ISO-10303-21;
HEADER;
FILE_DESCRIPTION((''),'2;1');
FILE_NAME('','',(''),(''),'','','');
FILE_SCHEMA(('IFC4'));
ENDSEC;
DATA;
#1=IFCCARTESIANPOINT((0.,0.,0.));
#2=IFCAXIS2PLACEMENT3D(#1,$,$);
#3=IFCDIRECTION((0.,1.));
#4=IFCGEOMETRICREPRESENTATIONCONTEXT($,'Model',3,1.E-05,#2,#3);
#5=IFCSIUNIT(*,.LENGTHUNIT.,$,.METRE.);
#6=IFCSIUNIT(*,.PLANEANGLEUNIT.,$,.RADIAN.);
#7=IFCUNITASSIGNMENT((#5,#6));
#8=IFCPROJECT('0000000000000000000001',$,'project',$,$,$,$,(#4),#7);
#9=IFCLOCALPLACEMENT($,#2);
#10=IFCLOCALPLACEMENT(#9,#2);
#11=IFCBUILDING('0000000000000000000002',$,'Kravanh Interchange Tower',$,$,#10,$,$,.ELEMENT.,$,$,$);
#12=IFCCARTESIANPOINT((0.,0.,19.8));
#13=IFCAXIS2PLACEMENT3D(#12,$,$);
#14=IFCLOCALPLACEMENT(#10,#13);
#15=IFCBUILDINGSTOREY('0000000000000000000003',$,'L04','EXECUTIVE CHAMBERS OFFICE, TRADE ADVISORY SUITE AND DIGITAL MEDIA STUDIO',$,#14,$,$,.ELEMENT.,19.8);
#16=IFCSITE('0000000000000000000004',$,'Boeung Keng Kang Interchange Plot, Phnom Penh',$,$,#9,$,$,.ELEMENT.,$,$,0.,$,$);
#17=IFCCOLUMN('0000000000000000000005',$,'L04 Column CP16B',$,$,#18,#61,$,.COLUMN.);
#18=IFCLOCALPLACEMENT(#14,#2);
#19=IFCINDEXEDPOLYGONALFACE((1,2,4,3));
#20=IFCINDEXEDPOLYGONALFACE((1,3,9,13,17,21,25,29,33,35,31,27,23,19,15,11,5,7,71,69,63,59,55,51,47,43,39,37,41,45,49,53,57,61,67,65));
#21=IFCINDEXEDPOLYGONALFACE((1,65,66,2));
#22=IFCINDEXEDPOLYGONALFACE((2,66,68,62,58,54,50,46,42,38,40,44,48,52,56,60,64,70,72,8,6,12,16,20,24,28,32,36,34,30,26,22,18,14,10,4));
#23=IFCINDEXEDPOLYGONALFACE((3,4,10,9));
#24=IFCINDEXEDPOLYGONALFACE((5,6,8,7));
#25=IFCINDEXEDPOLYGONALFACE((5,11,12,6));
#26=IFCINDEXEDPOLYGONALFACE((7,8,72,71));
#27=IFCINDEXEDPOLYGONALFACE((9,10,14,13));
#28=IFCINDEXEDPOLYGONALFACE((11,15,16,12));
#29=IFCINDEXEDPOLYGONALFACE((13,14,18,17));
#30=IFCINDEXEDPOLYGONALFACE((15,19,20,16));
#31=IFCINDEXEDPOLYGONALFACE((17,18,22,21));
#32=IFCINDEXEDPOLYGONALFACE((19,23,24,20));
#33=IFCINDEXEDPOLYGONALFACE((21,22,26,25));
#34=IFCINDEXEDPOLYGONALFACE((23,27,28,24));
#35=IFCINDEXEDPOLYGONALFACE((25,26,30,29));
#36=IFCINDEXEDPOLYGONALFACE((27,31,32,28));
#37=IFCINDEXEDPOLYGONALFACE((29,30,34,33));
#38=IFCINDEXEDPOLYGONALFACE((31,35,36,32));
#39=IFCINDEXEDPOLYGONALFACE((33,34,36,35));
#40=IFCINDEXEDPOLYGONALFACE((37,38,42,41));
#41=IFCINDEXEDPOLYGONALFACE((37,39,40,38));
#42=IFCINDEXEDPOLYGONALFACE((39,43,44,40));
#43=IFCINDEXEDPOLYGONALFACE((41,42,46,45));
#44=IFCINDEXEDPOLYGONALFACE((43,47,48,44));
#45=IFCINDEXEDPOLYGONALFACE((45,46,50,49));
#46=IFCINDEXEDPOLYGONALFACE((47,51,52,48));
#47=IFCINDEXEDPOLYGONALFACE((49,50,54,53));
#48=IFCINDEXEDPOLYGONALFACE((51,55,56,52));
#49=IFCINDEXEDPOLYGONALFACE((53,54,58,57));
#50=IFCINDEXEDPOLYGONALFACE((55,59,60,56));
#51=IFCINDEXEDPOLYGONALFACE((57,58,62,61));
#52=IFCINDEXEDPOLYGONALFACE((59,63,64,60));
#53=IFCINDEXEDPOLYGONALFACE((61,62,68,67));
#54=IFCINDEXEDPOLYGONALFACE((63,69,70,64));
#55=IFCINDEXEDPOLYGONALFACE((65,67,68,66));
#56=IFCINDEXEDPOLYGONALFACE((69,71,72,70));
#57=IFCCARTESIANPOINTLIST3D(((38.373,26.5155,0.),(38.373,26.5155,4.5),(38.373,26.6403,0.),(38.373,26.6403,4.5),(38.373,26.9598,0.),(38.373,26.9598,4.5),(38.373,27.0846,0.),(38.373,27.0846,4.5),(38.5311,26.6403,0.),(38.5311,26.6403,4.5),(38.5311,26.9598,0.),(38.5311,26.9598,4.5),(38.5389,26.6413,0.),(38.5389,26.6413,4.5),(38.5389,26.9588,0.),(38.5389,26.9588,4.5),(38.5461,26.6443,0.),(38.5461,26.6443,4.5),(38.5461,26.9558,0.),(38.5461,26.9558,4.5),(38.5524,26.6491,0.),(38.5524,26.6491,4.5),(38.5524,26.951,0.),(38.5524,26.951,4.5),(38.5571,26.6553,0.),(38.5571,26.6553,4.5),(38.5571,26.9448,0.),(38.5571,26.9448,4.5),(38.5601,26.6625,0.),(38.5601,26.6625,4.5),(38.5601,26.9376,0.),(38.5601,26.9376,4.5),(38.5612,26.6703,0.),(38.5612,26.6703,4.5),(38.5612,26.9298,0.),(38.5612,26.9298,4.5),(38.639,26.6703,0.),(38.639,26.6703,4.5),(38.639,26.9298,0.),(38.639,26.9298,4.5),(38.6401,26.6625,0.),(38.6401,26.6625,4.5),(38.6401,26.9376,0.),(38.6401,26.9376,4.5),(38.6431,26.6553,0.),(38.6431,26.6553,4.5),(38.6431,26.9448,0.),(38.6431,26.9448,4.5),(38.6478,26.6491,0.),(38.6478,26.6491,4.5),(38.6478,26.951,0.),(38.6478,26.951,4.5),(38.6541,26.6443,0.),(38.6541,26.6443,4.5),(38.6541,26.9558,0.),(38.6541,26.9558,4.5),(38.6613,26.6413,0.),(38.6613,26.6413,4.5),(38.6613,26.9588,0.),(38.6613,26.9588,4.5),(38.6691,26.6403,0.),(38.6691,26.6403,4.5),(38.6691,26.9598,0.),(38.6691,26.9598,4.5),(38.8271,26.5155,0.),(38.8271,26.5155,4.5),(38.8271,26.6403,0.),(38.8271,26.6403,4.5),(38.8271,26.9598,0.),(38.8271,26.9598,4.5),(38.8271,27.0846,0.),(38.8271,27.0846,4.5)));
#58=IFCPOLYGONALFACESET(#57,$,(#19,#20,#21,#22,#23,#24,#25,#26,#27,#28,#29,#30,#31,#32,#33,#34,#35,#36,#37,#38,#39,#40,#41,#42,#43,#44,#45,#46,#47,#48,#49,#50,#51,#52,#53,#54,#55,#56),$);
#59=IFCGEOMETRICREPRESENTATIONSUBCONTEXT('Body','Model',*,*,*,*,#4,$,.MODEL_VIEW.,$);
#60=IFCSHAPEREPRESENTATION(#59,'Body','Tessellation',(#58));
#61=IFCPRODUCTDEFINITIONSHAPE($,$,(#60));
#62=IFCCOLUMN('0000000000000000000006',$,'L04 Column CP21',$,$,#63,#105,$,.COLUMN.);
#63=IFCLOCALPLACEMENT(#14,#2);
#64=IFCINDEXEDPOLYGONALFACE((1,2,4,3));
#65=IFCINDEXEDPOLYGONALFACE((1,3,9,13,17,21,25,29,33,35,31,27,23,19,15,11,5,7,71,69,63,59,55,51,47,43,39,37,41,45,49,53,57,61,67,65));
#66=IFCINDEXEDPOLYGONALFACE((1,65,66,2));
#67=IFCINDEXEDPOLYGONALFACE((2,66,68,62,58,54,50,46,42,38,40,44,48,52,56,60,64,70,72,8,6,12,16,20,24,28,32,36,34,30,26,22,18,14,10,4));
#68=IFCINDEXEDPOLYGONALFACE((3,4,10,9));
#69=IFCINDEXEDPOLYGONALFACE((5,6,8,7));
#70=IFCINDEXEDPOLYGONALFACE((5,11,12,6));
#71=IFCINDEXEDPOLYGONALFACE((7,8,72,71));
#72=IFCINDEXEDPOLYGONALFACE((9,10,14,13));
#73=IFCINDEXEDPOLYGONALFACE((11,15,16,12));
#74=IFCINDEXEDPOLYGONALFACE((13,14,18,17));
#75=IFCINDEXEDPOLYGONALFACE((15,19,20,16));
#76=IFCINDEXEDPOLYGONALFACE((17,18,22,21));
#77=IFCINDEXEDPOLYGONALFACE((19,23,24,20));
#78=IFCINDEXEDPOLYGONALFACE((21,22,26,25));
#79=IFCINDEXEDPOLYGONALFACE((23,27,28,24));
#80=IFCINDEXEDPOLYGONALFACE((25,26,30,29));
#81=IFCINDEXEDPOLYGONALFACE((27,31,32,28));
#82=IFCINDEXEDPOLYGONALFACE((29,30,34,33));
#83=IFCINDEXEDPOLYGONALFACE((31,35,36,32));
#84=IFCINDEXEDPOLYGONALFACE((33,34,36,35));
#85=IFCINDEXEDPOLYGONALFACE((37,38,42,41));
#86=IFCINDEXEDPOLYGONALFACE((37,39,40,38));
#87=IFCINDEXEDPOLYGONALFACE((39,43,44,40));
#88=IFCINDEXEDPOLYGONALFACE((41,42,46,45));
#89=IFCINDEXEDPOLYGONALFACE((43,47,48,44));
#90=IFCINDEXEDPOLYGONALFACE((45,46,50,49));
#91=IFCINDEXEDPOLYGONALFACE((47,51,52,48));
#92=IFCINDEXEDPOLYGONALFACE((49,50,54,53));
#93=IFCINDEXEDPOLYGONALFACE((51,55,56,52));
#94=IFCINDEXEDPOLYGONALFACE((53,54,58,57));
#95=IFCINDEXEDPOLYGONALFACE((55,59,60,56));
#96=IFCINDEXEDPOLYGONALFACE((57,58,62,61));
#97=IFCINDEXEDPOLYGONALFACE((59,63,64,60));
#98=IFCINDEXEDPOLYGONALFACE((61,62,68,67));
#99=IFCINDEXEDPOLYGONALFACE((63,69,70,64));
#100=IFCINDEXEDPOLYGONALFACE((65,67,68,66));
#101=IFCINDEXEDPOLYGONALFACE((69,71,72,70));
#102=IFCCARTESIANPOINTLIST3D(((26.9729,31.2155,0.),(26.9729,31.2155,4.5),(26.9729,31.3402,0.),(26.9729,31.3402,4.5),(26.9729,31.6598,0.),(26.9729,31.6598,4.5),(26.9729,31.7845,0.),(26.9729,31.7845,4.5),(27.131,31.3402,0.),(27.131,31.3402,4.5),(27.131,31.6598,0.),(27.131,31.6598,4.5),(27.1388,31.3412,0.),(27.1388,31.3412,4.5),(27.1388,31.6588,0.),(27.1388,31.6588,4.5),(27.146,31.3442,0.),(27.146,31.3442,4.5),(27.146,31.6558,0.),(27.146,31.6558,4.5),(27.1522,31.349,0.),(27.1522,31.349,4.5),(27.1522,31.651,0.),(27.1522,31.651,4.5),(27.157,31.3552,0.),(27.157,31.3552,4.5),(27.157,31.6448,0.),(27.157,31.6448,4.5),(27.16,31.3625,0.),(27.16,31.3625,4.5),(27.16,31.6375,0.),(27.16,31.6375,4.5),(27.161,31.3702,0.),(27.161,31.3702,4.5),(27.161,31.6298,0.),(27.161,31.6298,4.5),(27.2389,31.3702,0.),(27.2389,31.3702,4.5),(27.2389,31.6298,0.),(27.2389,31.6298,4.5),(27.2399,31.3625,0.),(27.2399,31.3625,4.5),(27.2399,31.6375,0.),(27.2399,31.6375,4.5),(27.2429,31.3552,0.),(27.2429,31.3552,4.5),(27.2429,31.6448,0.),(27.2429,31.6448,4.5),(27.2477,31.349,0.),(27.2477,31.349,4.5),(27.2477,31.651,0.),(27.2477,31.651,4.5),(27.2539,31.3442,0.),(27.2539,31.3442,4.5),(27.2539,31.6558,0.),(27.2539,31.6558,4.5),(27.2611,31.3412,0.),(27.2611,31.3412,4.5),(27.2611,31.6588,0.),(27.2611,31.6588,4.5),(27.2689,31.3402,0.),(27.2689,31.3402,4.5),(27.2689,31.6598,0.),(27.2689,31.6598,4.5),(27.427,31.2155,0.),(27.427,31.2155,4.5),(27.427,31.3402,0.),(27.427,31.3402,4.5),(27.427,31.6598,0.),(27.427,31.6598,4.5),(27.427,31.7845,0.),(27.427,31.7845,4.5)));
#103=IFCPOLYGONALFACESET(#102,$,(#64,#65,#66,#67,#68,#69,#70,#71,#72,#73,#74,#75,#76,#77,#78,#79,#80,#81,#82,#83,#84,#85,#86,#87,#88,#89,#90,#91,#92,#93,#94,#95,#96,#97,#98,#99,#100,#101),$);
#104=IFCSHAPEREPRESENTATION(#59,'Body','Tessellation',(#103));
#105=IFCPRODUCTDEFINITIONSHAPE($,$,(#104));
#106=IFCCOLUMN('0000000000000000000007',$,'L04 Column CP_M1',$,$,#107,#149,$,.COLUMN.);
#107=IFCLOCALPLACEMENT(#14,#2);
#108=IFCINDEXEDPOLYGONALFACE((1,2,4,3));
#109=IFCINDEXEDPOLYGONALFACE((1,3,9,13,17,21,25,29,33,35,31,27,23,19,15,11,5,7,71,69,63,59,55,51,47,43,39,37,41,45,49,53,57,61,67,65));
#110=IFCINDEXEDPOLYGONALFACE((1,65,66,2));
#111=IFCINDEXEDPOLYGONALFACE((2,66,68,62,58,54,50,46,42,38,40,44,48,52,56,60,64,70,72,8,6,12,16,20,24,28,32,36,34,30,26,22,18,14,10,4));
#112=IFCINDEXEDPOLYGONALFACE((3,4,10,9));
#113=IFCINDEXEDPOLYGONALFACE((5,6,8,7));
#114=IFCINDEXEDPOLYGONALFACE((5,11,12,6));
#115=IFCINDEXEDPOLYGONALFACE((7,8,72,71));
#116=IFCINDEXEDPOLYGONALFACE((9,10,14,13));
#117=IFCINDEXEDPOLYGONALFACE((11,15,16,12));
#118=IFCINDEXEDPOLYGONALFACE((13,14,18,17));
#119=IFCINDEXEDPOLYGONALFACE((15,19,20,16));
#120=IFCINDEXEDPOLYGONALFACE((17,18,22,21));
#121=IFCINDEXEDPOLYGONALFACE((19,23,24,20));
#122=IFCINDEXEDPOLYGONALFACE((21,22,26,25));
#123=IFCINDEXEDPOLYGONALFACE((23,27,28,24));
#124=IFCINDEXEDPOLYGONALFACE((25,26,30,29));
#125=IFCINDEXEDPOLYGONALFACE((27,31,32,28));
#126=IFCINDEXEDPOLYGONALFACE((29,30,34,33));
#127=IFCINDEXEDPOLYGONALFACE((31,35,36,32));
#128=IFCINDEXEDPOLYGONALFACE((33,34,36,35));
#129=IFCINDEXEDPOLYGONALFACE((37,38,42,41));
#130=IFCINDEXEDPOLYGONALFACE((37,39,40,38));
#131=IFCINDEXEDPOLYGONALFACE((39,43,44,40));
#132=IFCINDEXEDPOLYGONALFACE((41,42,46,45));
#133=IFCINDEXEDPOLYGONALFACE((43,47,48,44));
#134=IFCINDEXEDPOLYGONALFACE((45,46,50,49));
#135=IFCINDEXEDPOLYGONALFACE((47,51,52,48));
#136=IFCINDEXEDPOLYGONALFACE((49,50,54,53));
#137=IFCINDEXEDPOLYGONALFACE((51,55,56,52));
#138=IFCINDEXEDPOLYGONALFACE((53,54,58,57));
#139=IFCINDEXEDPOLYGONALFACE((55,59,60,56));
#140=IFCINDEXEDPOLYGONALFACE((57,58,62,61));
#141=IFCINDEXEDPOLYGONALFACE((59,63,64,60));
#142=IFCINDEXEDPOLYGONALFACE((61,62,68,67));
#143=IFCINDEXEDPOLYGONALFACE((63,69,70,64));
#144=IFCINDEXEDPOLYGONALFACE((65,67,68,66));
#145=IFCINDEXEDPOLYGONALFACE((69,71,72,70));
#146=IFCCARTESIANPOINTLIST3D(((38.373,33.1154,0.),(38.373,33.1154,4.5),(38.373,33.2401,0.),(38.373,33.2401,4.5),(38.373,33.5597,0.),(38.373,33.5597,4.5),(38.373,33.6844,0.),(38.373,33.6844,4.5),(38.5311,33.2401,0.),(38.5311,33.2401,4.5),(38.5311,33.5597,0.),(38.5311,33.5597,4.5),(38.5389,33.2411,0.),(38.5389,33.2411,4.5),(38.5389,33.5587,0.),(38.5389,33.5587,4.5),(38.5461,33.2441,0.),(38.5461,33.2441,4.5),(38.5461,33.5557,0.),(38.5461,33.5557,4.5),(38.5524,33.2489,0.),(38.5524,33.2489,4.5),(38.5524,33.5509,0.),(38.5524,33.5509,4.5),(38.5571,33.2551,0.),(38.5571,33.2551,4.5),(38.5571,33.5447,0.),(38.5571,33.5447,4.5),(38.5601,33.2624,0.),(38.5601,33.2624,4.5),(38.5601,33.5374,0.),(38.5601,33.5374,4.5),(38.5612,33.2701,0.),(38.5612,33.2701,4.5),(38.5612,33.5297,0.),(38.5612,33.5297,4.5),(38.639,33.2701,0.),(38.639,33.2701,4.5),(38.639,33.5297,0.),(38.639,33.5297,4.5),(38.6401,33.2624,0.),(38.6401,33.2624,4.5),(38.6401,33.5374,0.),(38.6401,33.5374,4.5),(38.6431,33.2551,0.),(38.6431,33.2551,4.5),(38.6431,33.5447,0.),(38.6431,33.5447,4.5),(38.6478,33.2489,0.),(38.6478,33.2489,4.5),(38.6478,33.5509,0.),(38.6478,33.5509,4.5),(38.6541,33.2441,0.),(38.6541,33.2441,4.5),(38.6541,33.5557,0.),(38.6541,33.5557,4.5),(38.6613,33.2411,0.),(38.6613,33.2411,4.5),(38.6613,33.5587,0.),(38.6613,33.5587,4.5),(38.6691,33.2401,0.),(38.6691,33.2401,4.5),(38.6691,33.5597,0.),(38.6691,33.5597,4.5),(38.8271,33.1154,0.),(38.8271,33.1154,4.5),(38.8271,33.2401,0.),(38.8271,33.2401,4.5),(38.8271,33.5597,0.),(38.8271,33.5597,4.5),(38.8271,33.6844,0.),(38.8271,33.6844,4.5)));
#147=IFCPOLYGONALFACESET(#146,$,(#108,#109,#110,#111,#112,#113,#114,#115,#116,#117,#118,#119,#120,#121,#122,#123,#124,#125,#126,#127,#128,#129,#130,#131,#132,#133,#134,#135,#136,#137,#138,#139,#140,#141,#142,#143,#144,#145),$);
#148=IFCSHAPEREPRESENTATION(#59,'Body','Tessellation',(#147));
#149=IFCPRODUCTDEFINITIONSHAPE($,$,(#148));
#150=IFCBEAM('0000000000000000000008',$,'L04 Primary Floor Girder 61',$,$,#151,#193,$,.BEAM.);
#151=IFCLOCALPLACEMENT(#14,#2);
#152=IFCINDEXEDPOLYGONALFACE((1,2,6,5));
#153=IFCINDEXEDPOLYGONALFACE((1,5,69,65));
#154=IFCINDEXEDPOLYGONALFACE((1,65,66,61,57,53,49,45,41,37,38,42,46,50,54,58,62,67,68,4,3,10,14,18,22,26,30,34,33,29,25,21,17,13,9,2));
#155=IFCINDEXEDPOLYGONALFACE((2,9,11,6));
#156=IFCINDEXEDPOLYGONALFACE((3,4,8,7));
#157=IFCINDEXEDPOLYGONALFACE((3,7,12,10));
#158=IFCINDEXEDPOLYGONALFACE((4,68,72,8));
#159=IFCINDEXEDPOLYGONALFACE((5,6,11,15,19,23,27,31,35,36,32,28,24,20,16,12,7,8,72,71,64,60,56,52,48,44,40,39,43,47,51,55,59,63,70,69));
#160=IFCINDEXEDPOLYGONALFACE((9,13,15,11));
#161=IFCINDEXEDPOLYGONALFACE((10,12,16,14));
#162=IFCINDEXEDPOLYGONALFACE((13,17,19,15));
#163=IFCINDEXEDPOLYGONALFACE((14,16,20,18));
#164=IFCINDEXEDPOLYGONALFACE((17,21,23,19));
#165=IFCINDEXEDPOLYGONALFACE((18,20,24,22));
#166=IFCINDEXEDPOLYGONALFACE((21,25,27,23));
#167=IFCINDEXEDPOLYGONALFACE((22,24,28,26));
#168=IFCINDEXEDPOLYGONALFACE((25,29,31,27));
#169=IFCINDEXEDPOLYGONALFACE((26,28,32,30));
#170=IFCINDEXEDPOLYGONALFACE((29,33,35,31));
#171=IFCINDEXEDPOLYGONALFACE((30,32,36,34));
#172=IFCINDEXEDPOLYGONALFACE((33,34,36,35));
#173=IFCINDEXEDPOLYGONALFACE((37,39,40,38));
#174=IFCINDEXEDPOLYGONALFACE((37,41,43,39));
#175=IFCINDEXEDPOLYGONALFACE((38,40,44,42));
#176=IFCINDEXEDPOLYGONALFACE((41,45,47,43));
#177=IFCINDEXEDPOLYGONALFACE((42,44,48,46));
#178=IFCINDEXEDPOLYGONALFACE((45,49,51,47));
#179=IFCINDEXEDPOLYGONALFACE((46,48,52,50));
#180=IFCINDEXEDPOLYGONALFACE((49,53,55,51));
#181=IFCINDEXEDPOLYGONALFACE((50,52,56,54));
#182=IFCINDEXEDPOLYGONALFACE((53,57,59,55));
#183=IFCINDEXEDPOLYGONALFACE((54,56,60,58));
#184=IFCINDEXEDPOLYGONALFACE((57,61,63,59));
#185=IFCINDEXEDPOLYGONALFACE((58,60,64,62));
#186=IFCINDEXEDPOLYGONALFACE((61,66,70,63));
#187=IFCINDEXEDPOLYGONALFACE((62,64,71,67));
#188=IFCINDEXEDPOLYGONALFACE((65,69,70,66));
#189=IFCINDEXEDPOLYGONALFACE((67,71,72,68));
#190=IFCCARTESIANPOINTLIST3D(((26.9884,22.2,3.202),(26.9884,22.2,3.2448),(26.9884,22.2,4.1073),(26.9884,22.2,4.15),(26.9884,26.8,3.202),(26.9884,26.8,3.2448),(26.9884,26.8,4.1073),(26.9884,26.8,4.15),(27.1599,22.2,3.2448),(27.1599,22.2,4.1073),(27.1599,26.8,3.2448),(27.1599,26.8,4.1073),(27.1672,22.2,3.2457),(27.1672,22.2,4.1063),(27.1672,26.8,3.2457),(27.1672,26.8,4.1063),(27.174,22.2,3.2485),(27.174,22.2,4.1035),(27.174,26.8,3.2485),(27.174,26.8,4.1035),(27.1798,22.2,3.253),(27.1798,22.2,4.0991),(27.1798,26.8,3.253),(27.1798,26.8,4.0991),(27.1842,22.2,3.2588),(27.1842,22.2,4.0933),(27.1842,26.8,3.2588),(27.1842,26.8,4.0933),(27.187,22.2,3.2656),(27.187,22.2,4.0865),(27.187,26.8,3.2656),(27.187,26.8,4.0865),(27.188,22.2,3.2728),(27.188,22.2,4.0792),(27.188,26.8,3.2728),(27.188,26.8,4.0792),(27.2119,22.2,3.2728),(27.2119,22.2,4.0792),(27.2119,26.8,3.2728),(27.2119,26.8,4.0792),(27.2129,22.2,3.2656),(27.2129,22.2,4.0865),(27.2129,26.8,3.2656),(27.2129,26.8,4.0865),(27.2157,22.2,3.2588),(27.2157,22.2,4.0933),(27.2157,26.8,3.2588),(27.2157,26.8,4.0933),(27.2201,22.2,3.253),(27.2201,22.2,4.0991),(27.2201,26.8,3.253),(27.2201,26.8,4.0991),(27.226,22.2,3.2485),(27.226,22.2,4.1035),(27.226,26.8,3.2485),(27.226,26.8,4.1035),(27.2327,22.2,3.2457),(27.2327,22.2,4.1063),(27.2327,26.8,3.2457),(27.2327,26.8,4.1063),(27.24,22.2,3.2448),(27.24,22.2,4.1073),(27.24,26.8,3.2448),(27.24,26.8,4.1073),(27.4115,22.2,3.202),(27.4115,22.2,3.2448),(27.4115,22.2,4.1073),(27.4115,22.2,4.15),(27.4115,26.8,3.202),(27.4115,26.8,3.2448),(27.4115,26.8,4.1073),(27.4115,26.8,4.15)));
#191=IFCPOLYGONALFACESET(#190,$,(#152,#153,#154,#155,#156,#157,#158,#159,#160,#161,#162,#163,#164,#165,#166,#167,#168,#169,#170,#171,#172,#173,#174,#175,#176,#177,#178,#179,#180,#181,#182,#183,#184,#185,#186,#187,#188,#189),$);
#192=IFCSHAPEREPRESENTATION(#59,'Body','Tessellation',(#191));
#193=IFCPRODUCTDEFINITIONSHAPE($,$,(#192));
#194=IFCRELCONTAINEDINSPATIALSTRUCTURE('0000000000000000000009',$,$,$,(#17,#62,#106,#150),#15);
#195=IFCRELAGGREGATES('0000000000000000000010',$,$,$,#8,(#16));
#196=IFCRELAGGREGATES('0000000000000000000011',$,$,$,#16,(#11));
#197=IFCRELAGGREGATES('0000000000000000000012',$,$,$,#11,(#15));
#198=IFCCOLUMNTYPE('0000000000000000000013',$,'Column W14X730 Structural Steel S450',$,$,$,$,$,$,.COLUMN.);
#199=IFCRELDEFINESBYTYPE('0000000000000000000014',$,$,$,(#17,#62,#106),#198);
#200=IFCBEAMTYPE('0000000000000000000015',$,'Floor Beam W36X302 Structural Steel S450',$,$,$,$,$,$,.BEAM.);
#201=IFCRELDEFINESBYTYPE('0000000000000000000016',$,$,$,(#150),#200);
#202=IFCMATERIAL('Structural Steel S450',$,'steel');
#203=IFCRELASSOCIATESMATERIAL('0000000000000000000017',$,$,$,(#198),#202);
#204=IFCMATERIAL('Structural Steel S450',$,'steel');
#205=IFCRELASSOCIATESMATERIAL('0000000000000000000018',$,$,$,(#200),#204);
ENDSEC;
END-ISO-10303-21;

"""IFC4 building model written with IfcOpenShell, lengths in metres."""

from ifc_helpers import new_model, si_unit, direction, frame, origin, origin_2d, place, context, subcontext, project, spatial, i_section, extrude, material, material_profile, profile_set, type_object, element, save


model = new_model("IFC4")

# Units and contexts
model_context = context("Model", 3, precision=1e-05, world=origin(), true_north=direction((0.0, 1.0)))
body_context = subcontext(model_context, "Body", "Model", "MODEL_VIEW")
ifc_project = project(units=[si_unit("LENGTHUNIT", "METRE"), si_unit("PLANEANGLEUNIT", "RADIAN")], contexts=[model_context])

# Site, building, storey
site_placement = place(None, origin())
site = spatial("IfcSite", under=ifc_project, at=site_placement, Name="Boeung Keng Kang Interchange Plot, Phnom Penh", CompositionType="ELEMENT", RefElevation=0.0)
building_placement = place(site_placement, origin())
building = spatial("IfcBuilding", under=site, at=building_placement, Name="Kravanh Interchange Tower", CompositionType="ELEMENT")
storey_placement = place(building_placement, frame((0.0, 0.0, 19.8)))
storey = spatial("IfcBuildingStorey", under=building, at=storey_placement, Name="L04", Description="EXECUTIVE CHAMBERS OFFICE, TRADE ADVISORY SUITE AND DIGITAL MEDIA STUDIO", CompositionType="ELEMENT", Elevation=19.8)

# Columns
ifc_material_1 = material(Name="Structural Steel S450", Category="steel")
ifc_material_profile_1 = material_profile(ifc_material_1, i_section(OverallWidth=0.4541, OverallDepth=0.5691, WebThickness=0.0779, FlangeThickness=0.1248, FilletRadius=0.03, at=origin_2d()), Name="W14X730")
ifc_profile_set_1 = profile_set([ifc_material_profile_1], Name="Structural Steel S450")
column_type_1 = type_object("IfcColumnType", Name="Column W14X730 Structural Steel S450", PredefinedType="COLUMN", material=ifc_profile_set_1)
for number, where, z_axis, x_axis, name in (
    (1, (38.6001, 26.8, 0.0), (0.0, 0.0, 1.0), (1.0, 0.0, 0.0), "L04 Column CP16B"),
    (2, (27.2, 31.5, 0.0), (0.0, 0.0, 1.0), (1.0, 0.0, 0.0), "L04 Column CP21"),
    (3, (38.6001, 33.3999, 0.0), (0.0, 0.0, 1.0), (1.0, 0.0, 0.0), "L04 Column CP_M1"),
):
    element("IfcColumn", number, at=place(storey_placement, frame(where, z_axis=z_axis, x_axis=x_axis)), inside=storey, type_object=column_type_1, Name=name, PredefinedType="COLUMN", context=body_context, shape_type="SweptSolid", body=[
        extrude(i_section(OverallWidth=0.4541, OverallDepth=0.5691, WebThickness=0.0779, FlangeThickness=0.1248, FilletRadius=0.03, at=origin_2d()), origin(), (0.0, 0.0, 1.0), 4.5),
    ])

# Beam
ifc_material_2 = material(Name="Structural Steel S450", Category="steel")
ifc_material_profile_2 = material_profile(ifc_material_2, i_section(OverallWidth=0.4231, OverallDepth=0.948, WebThickness=0.0239, FlangeThickness=0.0427, FilletRadius=0.0281, at=origin_2d()), Name="W36X302")
ifc_profile_set_2 = profile_set([ifc_material_profile_2], Name="Structural Steel S450")
beam_type_1 = type_object("IfcBeamType", Name="Floor Beam W36X302 Structural Steel S450", PredefinedType="BEAM", material=ifc_profile_set_2)
beam_1_placement = place(storey_placement, frame((27.2, 22.2, 3.676), z_axis=(0.0, 1.0, 0.0), x_axis=(-1.0, 0.0, 0.0)))
element("IfcBeam", 4, at=beam_1_placement, inside=storey, type_object=beam_type_1, Name="L04 Primary Floor Girder 61", PredefinedType="BEAM", context=body_context, shape_type="SweptSolid", body=[
    extrude(i_section(OverallWidth=0.4231, OverallDepth=0.948, WebThickness=0.0239, FlangeThickness=0.0427, FilletRadius=0.0281, at=origin_2d()), origin(), (0.0, 0.0, 1.0), 4.6001),
])

save(model, "model.ifc")
